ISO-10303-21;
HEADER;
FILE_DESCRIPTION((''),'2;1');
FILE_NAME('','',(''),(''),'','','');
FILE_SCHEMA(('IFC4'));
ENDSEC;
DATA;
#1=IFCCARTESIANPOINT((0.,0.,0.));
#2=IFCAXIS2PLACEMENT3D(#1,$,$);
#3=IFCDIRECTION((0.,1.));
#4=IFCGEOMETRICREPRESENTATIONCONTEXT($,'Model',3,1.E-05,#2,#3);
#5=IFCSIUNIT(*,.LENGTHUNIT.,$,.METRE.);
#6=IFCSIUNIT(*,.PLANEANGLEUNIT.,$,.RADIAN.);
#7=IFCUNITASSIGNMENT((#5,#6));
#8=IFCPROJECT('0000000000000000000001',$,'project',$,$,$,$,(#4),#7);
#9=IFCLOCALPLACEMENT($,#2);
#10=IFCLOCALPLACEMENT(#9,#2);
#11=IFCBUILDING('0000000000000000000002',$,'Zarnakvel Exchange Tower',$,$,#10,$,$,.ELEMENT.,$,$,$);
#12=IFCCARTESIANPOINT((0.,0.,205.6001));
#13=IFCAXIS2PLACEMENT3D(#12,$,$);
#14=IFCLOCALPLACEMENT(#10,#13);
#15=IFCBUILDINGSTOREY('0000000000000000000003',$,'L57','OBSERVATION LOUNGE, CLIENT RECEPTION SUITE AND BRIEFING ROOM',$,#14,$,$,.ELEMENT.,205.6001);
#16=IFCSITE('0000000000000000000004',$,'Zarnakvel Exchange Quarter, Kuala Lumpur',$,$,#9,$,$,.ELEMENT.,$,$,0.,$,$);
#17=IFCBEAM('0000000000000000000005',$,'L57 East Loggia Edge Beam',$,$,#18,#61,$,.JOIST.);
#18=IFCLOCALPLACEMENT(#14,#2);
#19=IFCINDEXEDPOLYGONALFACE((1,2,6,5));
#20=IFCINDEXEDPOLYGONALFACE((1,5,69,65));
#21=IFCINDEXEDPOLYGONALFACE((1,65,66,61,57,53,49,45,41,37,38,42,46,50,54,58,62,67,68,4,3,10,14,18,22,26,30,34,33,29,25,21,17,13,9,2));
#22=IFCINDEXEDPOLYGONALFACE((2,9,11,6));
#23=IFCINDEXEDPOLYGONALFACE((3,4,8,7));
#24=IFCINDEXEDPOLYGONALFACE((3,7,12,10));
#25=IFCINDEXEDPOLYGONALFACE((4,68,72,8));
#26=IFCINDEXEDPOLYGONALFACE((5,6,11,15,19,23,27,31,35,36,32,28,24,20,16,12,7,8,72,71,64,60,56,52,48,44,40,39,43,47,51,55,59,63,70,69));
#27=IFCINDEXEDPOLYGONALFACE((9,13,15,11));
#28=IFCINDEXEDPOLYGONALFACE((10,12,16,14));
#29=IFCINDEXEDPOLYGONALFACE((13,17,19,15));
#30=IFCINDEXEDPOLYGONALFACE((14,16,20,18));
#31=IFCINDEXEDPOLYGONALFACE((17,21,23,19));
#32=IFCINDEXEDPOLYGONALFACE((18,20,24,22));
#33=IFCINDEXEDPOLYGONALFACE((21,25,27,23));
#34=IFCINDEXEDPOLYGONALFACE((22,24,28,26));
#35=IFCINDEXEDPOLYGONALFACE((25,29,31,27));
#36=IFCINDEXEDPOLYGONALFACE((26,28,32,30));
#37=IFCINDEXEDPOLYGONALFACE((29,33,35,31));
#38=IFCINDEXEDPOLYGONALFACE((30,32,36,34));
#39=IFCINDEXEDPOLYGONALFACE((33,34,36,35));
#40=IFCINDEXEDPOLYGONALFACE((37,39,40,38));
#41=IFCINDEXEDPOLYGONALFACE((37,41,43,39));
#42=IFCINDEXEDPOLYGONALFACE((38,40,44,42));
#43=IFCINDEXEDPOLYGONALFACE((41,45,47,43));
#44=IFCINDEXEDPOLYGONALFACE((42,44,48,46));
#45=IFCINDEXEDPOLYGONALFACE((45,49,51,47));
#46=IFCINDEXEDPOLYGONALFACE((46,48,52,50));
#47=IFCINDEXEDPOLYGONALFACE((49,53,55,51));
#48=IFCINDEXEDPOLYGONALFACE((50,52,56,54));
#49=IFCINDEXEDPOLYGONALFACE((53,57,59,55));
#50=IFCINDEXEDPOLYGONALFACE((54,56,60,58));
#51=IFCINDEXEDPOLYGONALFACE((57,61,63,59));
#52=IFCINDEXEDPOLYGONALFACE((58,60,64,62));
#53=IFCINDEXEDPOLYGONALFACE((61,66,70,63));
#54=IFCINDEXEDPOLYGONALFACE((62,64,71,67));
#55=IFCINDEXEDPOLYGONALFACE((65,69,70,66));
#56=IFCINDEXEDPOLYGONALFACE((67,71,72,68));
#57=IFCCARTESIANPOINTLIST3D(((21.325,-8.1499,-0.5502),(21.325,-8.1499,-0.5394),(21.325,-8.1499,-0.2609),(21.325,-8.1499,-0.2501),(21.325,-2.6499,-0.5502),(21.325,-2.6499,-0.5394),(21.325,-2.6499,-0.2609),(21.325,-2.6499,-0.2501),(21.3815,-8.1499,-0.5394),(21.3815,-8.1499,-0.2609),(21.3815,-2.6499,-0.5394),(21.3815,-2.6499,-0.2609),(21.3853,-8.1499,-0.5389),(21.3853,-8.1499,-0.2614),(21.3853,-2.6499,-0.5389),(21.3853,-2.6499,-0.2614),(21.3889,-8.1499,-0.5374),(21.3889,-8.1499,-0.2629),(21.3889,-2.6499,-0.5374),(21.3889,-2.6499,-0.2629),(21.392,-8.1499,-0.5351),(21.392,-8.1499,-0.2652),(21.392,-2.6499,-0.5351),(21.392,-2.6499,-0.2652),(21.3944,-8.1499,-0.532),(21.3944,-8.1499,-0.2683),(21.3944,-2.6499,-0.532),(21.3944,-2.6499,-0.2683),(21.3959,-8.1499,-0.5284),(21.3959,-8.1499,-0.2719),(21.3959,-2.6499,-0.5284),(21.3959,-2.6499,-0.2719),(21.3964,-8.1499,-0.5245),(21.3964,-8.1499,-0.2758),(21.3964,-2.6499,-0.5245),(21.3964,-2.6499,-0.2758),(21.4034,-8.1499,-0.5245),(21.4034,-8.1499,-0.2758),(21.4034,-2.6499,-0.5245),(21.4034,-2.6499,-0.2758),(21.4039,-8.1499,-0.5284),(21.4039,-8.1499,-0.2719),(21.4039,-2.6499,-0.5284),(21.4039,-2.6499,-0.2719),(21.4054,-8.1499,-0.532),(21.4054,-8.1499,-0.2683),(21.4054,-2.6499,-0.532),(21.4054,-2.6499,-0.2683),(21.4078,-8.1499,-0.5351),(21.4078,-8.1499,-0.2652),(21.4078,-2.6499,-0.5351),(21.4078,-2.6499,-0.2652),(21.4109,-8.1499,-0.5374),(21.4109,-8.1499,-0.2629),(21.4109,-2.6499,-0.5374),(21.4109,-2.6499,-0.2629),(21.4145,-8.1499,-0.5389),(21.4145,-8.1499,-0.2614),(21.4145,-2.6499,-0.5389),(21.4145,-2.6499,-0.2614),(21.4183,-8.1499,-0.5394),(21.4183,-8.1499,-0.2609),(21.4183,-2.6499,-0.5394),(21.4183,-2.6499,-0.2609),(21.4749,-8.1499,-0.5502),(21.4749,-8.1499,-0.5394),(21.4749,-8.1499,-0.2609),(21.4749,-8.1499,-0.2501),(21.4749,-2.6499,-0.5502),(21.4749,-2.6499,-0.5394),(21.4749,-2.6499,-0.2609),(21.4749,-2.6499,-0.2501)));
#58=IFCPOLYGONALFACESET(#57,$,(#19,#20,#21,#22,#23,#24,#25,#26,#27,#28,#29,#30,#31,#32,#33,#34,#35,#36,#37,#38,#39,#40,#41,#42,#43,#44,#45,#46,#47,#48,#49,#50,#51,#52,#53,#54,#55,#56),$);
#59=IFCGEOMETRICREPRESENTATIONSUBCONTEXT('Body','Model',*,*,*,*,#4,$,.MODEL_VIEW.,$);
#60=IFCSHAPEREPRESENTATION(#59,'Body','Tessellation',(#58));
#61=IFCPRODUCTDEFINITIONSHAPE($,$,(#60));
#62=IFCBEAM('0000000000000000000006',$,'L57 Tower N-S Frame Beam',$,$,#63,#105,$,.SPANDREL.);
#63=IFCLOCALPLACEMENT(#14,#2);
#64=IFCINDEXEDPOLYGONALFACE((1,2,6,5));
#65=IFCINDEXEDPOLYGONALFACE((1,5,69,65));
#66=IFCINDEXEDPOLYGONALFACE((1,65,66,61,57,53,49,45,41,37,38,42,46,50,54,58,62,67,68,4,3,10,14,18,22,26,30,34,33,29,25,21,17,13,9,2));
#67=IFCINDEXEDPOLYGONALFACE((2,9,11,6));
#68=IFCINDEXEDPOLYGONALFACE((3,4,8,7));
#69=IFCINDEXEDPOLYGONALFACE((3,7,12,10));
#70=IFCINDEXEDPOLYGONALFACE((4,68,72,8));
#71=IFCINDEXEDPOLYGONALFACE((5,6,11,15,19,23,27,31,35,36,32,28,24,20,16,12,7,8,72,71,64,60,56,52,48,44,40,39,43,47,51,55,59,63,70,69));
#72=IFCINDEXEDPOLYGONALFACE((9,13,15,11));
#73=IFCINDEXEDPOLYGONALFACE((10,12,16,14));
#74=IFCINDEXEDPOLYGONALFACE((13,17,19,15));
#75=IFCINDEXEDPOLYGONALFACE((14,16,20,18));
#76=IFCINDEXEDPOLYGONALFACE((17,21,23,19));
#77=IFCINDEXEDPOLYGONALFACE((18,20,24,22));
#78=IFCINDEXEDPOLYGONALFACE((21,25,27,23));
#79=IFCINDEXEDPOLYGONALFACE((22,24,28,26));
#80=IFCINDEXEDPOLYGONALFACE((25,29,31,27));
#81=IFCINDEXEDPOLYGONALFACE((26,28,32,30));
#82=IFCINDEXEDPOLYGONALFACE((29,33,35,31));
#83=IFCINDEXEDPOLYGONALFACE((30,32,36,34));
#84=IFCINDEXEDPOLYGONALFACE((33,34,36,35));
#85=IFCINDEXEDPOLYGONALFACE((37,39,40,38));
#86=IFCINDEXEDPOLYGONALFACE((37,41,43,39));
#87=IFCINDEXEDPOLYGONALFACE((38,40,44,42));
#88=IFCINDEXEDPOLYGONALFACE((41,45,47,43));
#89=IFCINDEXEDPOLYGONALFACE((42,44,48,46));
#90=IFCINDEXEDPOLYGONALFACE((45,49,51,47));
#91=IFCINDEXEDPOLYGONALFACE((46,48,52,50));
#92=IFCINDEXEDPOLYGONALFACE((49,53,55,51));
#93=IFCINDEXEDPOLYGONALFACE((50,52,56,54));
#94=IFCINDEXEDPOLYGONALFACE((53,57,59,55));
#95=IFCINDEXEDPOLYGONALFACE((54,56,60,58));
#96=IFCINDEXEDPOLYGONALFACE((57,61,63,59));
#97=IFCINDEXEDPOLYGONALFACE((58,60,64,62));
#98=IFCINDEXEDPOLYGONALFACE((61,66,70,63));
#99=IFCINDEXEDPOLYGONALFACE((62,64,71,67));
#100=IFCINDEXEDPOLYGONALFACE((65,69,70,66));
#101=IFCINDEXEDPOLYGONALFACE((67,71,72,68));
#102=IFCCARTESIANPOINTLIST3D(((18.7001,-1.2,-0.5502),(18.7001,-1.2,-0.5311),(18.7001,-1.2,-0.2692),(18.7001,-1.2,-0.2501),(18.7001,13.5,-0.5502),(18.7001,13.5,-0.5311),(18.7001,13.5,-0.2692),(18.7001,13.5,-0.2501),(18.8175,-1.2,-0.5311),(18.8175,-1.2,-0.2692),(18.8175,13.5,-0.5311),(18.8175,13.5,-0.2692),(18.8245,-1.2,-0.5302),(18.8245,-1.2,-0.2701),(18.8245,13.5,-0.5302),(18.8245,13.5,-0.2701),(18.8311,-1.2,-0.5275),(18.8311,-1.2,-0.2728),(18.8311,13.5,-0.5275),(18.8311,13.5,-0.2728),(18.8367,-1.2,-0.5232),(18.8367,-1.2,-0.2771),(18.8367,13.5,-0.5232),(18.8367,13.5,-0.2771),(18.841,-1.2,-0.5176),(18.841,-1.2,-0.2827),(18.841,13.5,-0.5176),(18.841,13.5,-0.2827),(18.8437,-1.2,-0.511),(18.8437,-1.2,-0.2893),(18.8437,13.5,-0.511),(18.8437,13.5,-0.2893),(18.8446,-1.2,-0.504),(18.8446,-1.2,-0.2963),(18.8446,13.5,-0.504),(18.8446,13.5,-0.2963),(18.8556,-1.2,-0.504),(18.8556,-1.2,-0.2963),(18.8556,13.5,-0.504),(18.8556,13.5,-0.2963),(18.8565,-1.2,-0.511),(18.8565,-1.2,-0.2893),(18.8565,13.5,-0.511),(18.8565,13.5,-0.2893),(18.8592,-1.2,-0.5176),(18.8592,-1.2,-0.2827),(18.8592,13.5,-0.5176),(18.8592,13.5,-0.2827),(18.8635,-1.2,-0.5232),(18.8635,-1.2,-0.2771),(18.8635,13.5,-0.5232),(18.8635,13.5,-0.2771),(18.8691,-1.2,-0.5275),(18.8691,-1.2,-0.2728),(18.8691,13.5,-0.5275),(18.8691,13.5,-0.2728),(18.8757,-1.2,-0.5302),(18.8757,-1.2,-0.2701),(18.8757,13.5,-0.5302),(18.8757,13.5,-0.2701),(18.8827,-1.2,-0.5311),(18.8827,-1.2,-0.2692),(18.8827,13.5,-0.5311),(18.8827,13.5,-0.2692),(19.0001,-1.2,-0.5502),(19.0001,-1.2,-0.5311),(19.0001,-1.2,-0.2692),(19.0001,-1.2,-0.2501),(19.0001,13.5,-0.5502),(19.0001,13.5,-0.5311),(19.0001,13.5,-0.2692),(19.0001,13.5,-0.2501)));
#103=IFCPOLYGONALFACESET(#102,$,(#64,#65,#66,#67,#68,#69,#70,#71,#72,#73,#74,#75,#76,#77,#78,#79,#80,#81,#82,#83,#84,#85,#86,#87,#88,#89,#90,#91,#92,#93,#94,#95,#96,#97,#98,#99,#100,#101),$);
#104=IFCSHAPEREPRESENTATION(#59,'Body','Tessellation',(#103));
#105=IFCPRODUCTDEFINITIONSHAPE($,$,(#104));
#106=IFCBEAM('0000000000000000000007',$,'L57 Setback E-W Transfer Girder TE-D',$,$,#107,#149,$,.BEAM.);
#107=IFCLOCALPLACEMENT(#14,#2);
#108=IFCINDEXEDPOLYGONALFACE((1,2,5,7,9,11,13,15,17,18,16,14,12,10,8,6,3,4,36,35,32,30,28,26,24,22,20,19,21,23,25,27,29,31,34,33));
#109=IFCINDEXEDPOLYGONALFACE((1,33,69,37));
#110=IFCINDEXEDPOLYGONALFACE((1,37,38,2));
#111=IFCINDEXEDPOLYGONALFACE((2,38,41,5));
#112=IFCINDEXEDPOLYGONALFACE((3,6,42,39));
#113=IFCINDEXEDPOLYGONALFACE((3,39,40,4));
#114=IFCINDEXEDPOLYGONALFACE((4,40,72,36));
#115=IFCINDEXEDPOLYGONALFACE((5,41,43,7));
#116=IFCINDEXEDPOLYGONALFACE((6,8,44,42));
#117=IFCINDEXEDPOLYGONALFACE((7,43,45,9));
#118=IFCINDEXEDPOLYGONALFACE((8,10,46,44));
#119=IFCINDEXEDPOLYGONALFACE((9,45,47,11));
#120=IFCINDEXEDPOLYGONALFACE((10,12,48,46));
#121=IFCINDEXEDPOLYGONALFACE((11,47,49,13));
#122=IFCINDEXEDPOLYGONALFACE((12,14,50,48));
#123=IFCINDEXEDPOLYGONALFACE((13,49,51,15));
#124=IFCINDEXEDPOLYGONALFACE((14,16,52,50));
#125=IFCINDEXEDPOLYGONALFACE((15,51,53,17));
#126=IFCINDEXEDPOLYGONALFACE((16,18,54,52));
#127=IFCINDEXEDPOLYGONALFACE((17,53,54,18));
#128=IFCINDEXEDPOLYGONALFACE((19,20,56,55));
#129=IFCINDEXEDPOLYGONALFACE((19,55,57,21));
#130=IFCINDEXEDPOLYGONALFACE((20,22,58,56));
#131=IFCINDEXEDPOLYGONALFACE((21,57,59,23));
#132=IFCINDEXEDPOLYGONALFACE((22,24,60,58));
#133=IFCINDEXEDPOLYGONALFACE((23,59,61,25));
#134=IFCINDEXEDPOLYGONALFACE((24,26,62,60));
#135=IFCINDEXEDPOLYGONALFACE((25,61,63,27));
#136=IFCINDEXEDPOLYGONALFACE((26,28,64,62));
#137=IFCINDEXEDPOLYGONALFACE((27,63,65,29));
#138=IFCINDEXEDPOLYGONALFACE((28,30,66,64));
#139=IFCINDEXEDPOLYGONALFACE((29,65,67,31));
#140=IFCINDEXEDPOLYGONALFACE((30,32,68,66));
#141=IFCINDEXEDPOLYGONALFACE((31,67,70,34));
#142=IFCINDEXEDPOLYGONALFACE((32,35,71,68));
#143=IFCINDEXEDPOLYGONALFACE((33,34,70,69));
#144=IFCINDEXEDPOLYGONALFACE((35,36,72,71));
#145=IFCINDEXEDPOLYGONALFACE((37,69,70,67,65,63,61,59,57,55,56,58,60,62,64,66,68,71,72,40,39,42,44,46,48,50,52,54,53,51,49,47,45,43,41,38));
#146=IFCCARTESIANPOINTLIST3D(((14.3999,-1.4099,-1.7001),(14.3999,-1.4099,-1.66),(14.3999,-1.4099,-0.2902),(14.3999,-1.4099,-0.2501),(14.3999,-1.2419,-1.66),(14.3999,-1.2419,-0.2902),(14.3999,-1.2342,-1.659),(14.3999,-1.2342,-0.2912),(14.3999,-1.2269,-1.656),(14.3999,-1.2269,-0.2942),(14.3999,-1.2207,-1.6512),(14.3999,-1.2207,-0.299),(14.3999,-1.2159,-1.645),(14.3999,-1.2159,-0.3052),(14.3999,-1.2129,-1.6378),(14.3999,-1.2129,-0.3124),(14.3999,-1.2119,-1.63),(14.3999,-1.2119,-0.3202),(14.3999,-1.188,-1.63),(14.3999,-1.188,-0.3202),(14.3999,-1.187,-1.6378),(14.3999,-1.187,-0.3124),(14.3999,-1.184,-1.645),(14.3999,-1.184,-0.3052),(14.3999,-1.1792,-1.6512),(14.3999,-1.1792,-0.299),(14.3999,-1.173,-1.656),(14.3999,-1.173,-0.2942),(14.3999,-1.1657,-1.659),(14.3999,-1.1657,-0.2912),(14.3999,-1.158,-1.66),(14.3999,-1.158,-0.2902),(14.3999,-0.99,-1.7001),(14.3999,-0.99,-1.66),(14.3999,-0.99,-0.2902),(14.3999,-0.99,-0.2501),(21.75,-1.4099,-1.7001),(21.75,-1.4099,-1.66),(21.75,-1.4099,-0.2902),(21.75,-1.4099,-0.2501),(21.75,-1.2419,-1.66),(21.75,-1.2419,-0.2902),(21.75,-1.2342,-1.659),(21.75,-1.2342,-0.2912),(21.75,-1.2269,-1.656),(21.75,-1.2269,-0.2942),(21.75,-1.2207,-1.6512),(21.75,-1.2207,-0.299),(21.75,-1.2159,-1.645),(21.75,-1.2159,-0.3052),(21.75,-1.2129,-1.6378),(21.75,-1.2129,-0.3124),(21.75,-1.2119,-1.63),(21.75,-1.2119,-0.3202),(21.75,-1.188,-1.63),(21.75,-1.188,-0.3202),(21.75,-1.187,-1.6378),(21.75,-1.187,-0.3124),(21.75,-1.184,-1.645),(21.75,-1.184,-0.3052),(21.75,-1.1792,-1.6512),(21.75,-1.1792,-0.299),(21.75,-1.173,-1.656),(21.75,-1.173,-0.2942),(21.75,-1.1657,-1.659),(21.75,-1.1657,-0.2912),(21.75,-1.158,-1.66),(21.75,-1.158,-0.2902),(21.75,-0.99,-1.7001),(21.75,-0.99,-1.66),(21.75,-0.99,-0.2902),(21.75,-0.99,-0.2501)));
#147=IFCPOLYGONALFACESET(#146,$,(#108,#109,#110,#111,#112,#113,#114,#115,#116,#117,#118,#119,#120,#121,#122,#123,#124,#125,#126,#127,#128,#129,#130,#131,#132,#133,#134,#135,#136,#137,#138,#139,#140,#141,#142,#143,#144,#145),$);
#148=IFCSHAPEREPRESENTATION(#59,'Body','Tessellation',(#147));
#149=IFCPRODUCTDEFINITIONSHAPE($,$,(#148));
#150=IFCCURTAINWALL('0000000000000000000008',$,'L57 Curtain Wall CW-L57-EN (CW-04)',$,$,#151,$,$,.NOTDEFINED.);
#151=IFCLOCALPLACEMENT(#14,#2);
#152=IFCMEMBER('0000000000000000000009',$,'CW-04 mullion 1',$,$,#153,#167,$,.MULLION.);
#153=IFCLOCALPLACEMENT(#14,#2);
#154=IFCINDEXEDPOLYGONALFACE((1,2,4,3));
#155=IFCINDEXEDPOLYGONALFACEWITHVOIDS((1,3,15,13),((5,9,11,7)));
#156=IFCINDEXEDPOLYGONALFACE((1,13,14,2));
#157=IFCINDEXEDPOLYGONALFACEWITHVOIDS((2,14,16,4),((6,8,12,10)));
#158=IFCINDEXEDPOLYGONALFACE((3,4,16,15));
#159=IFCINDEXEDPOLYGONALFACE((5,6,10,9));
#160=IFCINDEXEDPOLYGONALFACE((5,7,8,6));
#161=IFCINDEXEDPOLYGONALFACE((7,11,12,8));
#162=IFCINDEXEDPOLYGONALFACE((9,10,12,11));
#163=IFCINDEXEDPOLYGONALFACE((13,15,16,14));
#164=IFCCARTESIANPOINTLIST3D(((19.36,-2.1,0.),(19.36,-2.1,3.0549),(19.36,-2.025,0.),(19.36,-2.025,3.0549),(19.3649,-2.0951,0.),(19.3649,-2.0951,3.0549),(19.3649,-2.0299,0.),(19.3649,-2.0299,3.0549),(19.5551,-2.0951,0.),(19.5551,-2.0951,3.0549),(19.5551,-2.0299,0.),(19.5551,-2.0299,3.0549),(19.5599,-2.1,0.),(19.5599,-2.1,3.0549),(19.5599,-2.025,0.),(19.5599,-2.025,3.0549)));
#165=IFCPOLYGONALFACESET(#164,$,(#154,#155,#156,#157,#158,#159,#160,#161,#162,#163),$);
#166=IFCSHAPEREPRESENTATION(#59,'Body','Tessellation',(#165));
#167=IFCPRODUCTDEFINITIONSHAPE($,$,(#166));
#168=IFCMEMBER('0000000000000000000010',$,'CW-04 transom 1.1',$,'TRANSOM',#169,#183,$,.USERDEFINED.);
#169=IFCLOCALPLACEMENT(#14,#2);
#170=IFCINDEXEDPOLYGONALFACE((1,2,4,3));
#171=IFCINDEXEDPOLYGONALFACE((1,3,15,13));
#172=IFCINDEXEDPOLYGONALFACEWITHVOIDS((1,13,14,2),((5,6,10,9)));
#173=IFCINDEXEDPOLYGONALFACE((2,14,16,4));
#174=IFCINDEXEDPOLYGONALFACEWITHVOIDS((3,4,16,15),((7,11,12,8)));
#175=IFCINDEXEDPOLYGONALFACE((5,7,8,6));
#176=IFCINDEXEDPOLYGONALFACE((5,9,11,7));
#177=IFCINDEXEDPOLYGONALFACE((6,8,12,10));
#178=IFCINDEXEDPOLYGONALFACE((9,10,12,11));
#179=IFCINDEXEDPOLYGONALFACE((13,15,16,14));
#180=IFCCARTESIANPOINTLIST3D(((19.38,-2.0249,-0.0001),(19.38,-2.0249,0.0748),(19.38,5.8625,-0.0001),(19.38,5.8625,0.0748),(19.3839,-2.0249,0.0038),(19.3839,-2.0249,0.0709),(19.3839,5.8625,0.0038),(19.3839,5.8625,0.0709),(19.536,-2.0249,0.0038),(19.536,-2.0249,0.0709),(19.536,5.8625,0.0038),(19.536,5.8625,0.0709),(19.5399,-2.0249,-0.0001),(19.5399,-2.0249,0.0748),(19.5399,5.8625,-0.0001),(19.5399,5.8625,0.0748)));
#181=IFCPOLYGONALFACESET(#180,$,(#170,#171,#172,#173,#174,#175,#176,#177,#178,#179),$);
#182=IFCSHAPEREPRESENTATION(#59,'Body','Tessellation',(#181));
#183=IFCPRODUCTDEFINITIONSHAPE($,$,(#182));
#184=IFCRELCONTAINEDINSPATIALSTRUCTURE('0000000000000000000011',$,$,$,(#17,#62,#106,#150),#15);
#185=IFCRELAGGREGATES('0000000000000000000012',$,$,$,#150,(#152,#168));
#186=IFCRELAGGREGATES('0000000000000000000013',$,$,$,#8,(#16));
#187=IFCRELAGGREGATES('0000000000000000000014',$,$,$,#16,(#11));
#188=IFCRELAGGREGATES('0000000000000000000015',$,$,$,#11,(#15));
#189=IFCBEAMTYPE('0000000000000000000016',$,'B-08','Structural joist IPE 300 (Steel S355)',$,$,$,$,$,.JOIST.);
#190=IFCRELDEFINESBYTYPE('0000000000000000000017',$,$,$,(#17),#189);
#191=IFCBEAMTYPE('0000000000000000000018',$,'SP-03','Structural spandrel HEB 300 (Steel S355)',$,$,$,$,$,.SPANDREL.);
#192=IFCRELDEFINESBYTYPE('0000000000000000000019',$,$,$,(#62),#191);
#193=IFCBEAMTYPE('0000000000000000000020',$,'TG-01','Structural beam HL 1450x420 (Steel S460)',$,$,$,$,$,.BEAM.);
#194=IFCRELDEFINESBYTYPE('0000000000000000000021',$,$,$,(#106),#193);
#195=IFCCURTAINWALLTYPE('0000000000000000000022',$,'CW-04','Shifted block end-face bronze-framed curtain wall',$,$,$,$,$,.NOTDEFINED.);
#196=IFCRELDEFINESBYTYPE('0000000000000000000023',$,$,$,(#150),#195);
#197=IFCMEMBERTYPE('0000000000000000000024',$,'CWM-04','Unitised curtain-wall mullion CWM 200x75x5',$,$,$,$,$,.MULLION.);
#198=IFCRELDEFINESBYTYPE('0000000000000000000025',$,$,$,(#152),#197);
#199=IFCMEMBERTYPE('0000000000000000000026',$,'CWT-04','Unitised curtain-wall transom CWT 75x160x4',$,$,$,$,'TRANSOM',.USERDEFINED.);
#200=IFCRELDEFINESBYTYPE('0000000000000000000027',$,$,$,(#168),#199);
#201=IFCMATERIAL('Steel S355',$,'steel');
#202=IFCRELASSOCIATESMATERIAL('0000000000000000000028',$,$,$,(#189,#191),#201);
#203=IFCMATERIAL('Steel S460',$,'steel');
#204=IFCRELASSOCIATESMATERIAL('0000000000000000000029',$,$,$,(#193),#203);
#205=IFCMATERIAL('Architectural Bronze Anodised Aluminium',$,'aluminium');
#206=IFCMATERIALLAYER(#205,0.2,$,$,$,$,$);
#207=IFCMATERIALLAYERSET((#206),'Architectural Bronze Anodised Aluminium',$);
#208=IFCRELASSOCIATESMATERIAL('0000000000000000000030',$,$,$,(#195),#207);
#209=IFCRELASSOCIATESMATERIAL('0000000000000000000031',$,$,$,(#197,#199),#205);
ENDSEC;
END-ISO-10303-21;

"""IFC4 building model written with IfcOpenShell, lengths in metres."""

from ifc_helpers import new_model, si_unit, direction, frame, origin, origin_2d, place, context, subcontext, project, spatial, hollow_rectangle, i_section, extrude, source, transform, mapped, material, layer, layer_set, material_profile, profile_set, type_object, element, aggregate, save


model = new_model("IFC4")

# Units and contexts
model_context = context("Model", 3, precision=1e-05, world=origin(), true_north=direction((0.0, 1.0)))
body_context = subcontext(model_context, "Body", "Model", "MODEL_VIEW")
ifc_project = project(units=[si_unit("LENGTHUNIT", "METRE"), si_unit("PLANEANGLEUNIT", "RADIAN")], contexts=[model_context])

# Site, building, storey
site_placement = place(None, origin())
site = spatial("IfcSite", under=ifc_project, at=site_placement, Name="Zarnakvel Exchange Quarter, Kuala Lumpur", CompositionType="ELEMENT", RefElevation=0.0)
building_placement = place(site_placement, origin())
building = spatial("IfcBuilding", under=site, at=building_placement, Name="Zarnakvel Exchange Tower", CompositionType="ELEMENT")
storey_placement = place(building_placement, frame((0.0, 0.0, 205.6001)))
storey = spatial("IfcBuildingStorey", under=building, at=storey_placement, Name="L57", Description="OBSERVATION LOUNGE, CLIENT RECEPTION SUITE AND BRIEFING ROOM", CompositionType="ELEMENT", Elevation=205.6001)

# Shared definitions
ifc_material_1 = material(Name="Steel S355", Category="steel")

# Beams
ifc_material_profile_1 = material_profile(ifc_material_1, i_section(OverallWidth=0.1499, OverallDepth=0.3, WebThickness=0.0071, FlangeThickness=0.0107, FilletRadius=0.0149, at=origin_2d()))
ifc_profile_set_1 = profile_set([ifc_material_profile_1], Name="Steel S355")
beam_type_1 = type_object("IfcBeamType", Name="B-08", Description="Structural joist IPE 300 (Steel S355)", PredefinedType="JOIST", material=ifc_profile_set_1)
beam_1_placement = place(storey_placement, frame((21.3999, -8.1499, -0.4001), z_axis=(0.0, 1.0, 0.0), x_axis=(-1.0, 0.0, 0.0)))
element("IfcBeam", 1, at=beam_1_placement, inside=storey, type_object=beam_type_1, Name="L57 East Loggia Edge Beam", PredefinedType="JOIST", context=body_context, shape_type="SweptSolid", body=[
    extrude(i_section(OverallWidth=0.1499, OverallDepth=0.3, WebThickness=0.0071, FlangeThickness=0.0107, FilletRadius=0.0149, at=origin_2d()), origin(), (0.0, 0.0, 1.0), 5.5),
])
ifc_material_profile_2 = material_profile(ifc_material_1, i_section(OverallWidth=0.3, OverallDepth=0.3, WebThickness=0.011, FlangeThickness=0.019, FilletRadius=0.0271, at=origin_2d()))
ifc_profile_set_2 = profile_set([ifc_material_profile_2], Name="Steel S355")
beam_type_2 = type_object("IfcBeamType", Name="SP-03", Description="Structural spandrel HEB 300 (Steel S355)", PredefinedType="SPANDREL", material=ifc_profile_set_2)
beam_2_placement = place(storey_placement, frame((18.8501, -1.2, -0.4001), z_axis=(0.0, 1.0, 0.0), x_axis=(-1.0, 0.0, 0.0)))
element("IfcBeam", 2, at=beam_2_placement, inside=storey, type_object=beam_type_2, Name="L57 Tower N-S Frame Beam", PredefinedType="SPANDREL", context=body_context, shape_type="SweptSolid", body=[
    extrude(i_section(OverallWidth=0.3, OverallDepth=0.3, WebThickness=0.011, FlangeThickness=0.019, FilletRadius=0.0271, at=origin_2d()), origin(), (0.0, 0.0, 1.0), 14.7),
])
ifc_material_2 = material(Name="Steel S460", Category="steel")
ifc_material_profile_3 = material_profile(ifc_material_2, i_section(OverallWidth=0.4199, OverallDepth=1.45, WebThickness=0.0239, FlangeThickness=0.04, FilletRadius=0.03, at=origin_2d()))
ifc_profile_set_3 = profile_set([ifc_material_profile_3], Name="Steel S460")
beam_type_3 = type_object("IfcBeamType", Name="TG-01", Description="Structural beam HL 1450x420 (Steel S460)", PredefinedType="BEAM", material=ifc_profile_set_3)
beam_3_placement = place(storey_placement, frame((14.3999, -1.2, -0.9751), z_axis=(1.0, 0.0, 0.0), x_axis=(0.0, 1.0, 0.0)))
element("IfcBeam", 3, at=beam_3_placement, inside=storey, type_object=beam_type_3, Name="L57 Setback E-W Transfer Girder TE-D", PredefinedType="BEAM", context=body_context, shape_type="SweptSolid", body=[
    extrude(i_section(OverallWidth=0.4199, OverallDepth=1.45, WebThickness=0.0239, FlangeThickness=0.04, FilletRadius=0.03, at=origin_2d()), origin(), (0.0, 0.0, 1.0), 7.3501),
])

# Curtain wall, members
ifc_material_3 = material(Name="Architectural Bronze Anodised Aluminium", Category="aluminium")
ifc_layer_1 = layer(ifc_material_3, 0.2)
ifc_layer_set_1 = layer_set([ifc_layer_1], Name="Architectural Bronze Anodised Aluminium")
curtain_wall_type = type_object("IfcCurtainWallType", Name="CW-04", Description="Shifted block end-face bronze-framed curtain wall", PredefinedType="NOTDEFINED", material=ifc_layer_set_1)
curtain_wall_placement = place(storey_placement, origin())
curtain_wall = element("IfcCurtainWall", 4, at=curtain_wall_placement, inside=storey, type_object=curtain_wall_type, Name="L57 Curtain Wall CW-L57-EN (CW-04)", PredefinedType="NOTDEFINED")
ifc_material_profile_4 = material_profile(ifc_material_3, hollow_rectangle(XDim=0.2, YDim=0.075, WallThickness=0.0049, at=origin_2d()))
ifc_profile_set_4 = profile_set([ifc_material_profile_4], Name="Architectural Bronze Anodised Aluminium")
member_type_1 = type_object("IfcMemberType", Name="CWM-04", Description="Unitised curtain-wall mullion CWM 200x75x5", PredefinedType="MULLION", material=ifc_profile_set_4)
shared_shape_1 = source(origin(), body_context, "Body", "SweptSolid", [
    extrude(hollow_rectangle(XDim=0.2, YDim=0.075, WallThickness=0.0049, at=origin_2d()), origin(), (0.0, 0.0, 1.0), 3.0549),
])
member_1_placement = place(storey_placement, frame((19.46, -2.0625, 0.0), z_axis=(0.0, 0.0, 1.0), x_axis=(-1.0, 0.0, 0.0)))
member_1 = element("IfcMember", 5, at=member_1_placement, type_object=member_type_1, Name="CW-04 mullion 1", PredefinedType="MULLION", context=body_context, shape_type="MappedRepresentation", body=[
    mapped(shared_shape_1, transform((0.0, 0.0, 0.0), x_axis=(1.0, 0.0, 0.0), y_axis=(0.0, 1.0, 0.0), z_axis=(0.0, 0.0, 1.0), scale=1.0)),
])
ifc_material_profile_5 = material_profile(ifc_material_3, hollow_rectangle(XDim=0.1599, YDim=0.075, WallThickness=0.0039, at=origin_2d()))
ifc_profile_set_5 = profile_set([ifc_material_profile_5], Name="Architectural Bronze Anodised Aluminium")
member_type_2 = type_object("IfcMemberType", Name="CWT-04", Description="Unitised curtain-wall transom CWT 75x160x4", ElementType="TRANSOM", PredefinedType="USERDEFINED", material=ifc_profile_set_5)
shared_shape_2 = source(origin(), body_context, "Body", "SweptSolid", [
    extrude(hollow_rectangle(XDim=0.1599, YDim=0.075, WallThickness=0.0039, at=origin_2d()), origin(), (0.0, 0.0, 1.0), 7.8875),
])
member_2_placement = place(storey_placement, frame((19.46, -2.0249, 0.0374), z_axis=(0.0, 1.0, 0.0), x_axis=(-1.0, 0.0, 0.0)))
member_2 = element("IfcMember", 6, at=member_2_placement, type_object=member_type_2, Name="CW-04 transom 1.1", ObjectType="TRANSOM", PredefinedType="USERDEFINED", context=body_context, shape_type="MappedRepresentation", body=[
    mapped(shared_shape_2, transform((0.0, 0.0, 0.0), x_axis=(1.0, 0.0, 0.0), y_axis=(0.0, 1.0, 0.0), z_axis=(0.0, 0.0, 1.0), scale=1.0)),
])
aggregate(curtain_wall, [member_1, member_2])

save(model, "model.ifc")
